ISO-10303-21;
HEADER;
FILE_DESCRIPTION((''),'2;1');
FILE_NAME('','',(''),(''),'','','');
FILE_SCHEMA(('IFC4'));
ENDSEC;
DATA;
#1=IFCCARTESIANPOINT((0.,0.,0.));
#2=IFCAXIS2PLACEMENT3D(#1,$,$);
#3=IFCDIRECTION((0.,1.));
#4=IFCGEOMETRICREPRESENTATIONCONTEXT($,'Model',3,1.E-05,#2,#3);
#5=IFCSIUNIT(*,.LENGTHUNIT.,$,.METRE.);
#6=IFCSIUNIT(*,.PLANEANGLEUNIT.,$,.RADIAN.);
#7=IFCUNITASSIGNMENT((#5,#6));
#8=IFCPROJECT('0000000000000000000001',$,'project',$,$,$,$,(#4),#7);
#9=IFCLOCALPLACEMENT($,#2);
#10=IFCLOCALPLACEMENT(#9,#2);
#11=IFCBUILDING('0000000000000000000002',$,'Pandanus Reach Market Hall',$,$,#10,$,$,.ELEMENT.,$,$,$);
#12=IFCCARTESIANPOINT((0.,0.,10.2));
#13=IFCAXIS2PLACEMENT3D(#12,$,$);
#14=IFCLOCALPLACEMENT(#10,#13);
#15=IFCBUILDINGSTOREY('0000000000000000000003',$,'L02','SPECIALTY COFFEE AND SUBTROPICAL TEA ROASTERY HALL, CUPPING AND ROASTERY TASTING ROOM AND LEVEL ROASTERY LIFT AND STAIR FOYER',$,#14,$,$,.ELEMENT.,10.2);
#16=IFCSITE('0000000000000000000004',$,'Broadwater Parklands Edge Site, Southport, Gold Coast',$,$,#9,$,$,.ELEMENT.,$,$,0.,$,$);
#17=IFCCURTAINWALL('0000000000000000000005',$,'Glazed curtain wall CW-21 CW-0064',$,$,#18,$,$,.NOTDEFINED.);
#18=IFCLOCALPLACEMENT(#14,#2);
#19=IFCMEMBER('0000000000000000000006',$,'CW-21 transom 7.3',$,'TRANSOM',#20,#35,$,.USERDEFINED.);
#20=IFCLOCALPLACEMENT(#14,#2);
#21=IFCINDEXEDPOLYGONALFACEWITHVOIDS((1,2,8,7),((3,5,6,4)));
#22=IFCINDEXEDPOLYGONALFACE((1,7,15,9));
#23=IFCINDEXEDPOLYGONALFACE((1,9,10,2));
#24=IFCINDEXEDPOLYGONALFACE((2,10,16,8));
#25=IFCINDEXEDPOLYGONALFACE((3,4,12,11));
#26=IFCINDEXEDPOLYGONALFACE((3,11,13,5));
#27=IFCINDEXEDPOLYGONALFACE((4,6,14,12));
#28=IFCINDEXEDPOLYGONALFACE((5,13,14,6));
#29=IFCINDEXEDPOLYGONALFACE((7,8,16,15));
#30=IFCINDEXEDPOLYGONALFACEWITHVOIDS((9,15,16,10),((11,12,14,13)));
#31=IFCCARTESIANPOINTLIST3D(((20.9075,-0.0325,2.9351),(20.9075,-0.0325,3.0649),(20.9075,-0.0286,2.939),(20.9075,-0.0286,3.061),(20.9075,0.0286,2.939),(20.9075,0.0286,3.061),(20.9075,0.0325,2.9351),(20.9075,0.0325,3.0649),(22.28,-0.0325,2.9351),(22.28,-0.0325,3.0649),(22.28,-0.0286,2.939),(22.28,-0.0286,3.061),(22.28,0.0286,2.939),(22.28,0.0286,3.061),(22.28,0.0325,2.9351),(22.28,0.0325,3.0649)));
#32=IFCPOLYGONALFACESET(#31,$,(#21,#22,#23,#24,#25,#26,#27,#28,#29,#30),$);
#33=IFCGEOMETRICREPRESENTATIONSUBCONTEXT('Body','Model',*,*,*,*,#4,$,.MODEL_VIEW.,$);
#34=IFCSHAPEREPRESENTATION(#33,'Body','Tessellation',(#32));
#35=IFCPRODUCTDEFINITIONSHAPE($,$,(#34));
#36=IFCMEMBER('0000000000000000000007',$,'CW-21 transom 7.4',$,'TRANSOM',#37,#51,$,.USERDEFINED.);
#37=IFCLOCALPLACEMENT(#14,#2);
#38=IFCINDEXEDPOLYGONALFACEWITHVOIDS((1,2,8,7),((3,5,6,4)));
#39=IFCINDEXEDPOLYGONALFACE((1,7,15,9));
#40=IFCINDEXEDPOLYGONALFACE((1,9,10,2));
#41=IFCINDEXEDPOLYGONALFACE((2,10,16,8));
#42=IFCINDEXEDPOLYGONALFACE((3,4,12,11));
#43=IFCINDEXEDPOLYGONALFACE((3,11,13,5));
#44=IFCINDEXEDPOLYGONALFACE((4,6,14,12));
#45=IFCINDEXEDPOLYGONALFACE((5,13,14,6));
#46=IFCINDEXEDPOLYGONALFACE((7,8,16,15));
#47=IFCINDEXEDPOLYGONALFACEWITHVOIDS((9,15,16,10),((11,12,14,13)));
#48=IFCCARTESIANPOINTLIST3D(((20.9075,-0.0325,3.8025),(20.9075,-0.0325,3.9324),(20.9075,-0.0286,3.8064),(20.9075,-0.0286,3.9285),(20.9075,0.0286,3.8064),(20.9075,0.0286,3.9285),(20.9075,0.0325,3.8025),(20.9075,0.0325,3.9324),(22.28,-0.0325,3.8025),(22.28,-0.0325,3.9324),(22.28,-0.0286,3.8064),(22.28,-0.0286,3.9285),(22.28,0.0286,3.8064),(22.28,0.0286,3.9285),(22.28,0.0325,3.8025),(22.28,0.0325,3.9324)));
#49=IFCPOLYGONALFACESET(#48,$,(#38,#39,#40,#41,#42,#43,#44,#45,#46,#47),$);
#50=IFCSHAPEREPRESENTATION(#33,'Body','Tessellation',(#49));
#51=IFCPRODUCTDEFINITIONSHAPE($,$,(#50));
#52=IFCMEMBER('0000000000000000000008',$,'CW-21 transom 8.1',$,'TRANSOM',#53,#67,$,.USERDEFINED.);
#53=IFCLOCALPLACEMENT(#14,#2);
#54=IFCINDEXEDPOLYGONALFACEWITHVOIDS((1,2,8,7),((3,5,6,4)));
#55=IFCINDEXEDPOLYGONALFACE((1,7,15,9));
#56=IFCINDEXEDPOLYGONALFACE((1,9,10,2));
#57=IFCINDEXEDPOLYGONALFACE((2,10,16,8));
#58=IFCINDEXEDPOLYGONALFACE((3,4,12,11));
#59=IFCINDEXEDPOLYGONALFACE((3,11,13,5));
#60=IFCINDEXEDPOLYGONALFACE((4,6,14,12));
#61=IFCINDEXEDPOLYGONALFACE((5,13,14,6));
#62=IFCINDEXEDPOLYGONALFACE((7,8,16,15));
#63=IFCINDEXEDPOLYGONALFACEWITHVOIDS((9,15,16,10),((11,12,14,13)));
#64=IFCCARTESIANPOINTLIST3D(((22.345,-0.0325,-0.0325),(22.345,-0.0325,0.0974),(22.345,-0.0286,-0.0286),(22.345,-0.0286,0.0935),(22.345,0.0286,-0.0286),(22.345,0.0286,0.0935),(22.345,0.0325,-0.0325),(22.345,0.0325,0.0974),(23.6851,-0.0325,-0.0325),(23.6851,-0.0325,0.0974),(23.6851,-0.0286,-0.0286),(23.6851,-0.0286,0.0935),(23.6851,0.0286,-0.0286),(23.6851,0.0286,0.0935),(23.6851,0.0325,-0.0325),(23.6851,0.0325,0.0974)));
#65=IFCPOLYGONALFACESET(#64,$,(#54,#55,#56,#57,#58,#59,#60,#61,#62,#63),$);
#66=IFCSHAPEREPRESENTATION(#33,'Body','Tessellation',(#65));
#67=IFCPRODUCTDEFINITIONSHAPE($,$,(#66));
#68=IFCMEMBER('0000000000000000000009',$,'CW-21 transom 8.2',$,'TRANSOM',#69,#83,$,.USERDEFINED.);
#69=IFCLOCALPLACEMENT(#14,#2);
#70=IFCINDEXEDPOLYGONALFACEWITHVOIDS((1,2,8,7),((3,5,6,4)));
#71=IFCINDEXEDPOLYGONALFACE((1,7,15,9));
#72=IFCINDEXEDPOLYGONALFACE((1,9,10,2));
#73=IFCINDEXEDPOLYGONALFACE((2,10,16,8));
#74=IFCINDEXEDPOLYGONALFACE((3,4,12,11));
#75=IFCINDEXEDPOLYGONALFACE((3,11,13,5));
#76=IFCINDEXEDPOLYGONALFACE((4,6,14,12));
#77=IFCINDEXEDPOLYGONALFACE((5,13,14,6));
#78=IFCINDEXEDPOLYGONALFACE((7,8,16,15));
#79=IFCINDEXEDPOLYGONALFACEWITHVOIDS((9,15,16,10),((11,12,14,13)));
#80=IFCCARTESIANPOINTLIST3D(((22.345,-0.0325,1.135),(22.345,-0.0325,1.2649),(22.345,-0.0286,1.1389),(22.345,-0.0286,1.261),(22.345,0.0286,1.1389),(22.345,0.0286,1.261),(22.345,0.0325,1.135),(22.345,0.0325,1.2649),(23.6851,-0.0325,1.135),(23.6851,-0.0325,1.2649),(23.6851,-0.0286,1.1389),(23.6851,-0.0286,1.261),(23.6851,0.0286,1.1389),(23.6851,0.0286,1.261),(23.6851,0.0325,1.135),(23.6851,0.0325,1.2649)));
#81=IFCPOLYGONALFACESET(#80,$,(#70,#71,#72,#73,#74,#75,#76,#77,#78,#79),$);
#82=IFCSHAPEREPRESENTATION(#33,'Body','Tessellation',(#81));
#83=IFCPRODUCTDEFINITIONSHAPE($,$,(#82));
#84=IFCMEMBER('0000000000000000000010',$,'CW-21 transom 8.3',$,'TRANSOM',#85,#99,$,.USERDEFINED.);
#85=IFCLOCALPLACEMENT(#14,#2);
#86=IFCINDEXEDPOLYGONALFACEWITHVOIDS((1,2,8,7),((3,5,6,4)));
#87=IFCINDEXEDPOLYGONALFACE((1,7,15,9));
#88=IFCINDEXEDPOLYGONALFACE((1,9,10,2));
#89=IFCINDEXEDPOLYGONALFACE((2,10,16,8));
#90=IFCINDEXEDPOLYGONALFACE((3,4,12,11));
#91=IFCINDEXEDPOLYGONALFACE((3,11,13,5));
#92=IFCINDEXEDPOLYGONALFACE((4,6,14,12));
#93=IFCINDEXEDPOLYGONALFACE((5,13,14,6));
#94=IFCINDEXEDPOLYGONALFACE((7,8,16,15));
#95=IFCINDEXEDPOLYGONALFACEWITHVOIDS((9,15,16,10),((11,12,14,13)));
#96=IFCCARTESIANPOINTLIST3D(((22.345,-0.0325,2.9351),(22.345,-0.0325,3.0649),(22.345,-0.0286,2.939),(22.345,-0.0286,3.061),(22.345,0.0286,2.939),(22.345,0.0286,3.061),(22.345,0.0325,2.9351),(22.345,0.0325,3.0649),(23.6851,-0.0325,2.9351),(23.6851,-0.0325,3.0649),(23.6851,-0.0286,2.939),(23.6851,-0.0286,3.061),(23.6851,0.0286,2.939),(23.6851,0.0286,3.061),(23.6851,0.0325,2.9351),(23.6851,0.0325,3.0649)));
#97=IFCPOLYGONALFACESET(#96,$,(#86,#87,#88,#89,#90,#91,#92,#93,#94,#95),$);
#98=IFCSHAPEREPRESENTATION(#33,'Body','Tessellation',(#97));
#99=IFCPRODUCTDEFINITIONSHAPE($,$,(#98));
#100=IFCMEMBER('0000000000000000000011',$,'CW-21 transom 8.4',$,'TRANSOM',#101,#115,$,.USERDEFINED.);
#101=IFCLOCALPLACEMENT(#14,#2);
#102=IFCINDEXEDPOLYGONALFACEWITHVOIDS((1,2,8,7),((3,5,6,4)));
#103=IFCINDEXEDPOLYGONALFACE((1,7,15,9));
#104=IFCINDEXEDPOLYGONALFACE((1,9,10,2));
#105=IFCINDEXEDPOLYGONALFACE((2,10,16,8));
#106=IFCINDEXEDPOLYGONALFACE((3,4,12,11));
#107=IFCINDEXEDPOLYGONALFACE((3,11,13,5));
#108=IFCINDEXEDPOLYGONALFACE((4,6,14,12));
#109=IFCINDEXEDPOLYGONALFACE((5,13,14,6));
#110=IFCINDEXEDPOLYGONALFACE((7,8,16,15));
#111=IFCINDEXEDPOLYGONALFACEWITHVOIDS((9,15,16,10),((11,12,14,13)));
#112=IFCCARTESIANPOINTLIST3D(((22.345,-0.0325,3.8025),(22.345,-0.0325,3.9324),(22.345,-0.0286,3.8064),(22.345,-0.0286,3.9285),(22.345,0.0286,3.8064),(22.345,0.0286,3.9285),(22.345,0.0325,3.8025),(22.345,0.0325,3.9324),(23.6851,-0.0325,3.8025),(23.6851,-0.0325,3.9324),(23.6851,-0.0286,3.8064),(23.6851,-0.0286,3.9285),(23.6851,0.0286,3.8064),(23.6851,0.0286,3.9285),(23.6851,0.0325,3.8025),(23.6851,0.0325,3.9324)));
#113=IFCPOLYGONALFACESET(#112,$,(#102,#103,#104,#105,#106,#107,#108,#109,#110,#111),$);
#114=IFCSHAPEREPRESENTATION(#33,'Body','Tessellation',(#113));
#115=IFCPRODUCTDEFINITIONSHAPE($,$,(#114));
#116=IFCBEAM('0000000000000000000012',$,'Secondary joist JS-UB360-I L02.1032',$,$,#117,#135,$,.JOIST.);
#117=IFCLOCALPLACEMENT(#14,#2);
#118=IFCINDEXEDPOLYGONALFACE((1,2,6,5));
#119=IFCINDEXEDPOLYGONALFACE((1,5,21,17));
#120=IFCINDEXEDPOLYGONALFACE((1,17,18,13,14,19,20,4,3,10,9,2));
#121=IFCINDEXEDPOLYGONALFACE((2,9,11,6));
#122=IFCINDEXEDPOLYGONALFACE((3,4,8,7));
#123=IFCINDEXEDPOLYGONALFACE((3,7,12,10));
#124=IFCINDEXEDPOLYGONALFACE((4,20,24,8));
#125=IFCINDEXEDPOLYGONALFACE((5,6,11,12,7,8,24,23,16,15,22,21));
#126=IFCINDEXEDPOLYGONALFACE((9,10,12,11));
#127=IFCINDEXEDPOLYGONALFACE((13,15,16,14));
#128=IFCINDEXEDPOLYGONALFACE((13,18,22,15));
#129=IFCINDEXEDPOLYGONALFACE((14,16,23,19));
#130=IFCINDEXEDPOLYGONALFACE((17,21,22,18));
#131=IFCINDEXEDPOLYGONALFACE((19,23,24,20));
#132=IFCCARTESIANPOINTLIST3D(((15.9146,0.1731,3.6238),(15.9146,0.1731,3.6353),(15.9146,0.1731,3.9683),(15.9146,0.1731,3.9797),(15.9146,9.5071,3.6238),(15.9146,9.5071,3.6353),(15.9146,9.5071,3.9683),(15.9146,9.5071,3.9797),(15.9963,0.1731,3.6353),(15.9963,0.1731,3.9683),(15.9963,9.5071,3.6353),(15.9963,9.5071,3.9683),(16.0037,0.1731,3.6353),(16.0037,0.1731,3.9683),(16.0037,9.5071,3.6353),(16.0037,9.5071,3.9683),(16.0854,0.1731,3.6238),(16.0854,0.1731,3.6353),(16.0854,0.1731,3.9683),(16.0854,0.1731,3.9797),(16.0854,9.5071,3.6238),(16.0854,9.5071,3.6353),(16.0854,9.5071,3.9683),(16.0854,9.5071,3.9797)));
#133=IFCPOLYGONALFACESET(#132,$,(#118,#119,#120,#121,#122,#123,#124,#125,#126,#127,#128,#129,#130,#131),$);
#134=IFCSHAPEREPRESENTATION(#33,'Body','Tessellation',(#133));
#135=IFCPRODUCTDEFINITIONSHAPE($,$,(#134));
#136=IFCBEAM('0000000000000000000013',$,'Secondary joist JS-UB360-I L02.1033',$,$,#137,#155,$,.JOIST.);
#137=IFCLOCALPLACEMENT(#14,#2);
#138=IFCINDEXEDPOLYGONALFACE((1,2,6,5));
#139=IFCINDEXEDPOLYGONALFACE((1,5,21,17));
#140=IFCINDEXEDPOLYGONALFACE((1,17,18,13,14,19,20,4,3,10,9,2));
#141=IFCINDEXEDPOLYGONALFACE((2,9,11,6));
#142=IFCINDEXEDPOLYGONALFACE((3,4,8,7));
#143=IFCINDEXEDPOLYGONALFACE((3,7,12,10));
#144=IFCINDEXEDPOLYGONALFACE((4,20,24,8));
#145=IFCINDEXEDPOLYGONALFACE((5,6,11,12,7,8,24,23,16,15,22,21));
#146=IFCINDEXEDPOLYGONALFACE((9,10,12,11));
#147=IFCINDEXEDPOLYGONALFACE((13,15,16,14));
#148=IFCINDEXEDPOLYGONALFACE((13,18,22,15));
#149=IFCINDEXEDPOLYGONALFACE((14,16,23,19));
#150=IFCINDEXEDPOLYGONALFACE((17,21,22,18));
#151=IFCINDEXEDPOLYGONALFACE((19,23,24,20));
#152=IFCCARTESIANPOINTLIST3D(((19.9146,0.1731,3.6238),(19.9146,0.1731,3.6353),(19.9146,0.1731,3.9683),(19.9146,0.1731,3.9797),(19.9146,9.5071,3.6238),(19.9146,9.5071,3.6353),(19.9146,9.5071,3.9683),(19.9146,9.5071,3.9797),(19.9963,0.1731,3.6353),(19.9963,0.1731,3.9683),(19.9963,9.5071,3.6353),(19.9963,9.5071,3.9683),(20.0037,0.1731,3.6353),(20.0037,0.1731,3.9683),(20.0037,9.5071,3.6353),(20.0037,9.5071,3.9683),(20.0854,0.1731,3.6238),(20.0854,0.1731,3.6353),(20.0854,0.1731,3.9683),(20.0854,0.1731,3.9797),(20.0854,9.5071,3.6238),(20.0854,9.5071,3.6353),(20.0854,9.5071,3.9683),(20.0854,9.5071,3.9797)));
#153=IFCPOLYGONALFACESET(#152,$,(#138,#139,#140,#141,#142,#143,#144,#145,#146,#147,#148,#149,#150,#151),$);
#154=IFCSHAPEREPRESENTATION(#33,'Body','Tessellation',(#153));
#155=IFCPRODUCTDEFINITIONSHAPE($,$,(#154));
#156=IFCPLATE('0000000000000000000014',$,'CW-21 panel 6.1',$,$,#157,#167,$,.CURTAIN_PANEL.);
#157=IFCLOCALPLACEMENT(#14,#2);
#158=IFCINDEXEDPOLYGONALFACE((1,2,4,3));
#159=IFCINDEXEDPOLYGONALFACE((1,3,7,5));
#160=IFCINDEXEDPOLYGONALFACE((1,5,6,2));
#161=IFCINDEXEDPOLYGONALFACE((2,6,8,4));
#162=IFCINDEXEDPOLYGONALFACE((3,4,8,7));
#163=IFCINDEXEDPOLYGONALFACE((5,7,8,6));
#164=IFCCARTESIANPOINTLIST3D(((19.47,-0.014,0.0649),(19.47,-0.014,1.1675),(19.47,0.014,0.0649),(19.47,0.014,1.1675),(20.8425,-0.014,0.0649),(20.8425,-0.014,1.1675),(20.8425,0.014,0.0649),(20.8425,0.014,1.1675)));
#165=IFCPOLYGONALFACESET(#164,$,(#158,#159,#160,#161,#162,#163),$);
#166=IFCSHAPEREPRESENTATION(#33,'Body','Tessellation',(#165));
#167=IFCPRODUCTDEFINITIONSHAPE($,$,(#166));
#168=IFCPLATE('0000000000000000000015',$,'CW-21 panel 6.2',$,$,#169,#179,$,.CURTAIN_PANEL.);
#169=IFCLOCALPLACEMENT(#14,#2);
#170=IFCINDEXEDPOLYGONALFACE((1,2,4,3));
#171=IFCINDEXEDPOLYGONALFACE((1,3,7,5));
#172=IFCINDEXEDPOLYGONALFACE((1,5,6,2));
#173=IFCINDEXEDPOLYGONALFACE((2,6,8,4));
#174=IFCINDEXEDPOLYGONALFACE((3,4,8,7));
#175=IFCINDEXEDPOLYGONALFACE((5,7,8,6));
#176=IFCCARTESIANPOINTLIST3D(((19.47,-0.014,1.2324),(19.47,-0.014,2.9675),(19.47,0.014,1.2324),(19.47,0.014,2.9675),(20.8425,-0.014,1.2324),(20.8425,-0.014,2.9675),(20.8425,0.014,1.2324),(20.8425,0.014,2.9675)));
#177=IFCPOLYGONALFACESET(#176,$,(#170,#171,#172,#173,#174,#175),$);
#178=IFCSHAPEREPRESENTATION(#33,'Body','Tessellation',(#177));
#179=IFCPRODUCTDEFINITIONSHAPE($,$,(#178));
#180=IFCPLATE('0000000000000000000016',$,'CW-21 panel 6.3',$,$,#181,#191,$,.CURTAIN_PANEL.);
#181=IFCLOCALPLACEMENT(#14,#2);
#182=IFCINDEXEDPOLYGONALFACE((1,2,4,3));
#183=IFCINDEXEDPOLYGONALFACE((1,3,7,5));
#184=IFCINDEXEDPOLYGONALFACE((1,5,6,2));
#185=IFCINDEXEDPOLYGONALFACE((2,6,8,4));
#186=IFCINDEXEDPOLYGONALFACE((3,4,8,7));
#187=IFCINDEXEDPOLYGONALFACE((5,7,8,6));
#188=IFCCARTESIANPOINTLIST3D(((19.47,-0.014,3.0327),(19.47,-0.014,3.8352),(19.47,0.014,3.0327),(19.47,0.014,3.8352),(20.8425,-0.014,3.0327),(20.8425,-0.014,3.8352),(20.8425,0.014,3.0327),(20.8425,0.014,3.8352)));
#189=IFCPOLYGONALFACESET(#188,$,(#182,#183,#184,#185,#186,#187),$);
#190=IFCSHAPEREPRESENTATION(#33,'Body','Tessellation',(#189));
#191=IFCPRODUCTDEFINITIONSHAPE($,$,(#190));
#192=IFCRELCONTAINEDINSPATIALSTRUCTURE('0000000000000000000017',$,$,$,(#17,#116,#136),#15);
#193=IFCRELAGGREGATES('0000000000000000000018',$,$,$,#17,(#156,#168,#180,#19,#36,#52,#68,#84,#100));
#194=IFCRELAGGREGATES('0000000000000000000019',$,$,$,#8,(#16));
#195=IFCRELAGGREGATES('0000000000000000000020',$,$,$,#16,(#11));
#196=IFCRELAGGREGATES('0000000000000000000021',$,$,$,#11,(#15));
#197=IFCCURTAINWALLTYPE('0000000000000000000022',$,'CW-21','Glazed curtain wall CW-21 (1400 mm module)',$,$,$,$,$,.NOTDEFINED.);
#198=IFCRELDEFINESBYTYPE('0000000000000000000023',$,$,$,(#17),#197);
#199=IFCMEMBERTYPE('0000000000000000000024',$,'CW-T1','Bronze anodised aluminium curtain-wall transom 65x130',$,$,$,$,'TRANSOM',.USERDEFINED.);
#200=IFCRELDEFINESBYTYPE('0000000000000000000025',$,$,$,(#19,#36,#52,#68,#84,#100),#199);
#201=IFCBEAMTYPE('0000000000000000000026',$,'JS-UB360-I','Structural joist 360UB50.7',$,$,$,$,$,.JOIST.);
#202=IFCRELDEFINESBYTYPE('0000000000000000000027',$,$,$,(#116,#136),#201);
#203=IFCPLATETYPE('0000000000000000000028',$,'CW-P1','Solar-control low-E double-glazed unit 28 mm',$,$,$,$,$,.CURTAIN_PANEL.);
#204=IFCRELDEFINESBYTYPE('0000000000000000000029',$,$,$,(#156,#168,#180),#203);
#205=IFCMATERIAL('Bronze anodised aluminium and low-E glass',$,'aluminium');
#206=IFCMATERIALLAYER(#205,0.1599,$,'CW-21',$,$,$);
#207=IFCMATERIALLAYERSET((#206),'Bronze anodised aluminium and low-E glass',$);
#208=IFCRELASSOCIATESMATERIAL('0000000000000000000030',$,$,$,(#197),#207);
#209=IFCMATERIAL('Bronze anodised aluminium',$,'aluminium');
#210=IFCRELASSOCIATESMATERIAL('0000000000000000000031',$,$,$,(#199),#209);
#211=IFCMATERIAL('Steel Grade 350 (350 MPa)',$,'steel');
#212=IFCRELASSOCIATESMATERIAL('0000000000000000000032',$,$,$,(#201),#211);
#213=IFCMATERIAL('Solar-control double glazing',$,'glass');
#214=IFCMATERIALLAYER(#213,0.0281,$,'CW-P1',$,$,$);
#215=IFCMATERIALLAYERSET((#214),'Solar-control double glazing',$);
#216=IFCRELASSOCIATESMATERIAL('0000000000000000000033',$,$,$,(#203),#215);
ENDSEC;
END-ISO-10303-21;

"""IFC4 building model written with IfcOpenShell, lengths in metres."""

from ifc_helpers import new_model, si_unit, direction, frame, origin, origin_2d, place, context, subcontext, project, spatial, rectangle, hollow_rectangle, i_section, extrude, material, layer, layer_set, material_profile, profile_set, type_object, element, aggregate, save


model = new_model("IFC4")

# Units and contexts
model_context = context("Model", 3, precision=1e-05, world=origin(), true_north=direction((0.0, 1.0)))
body_context = subcontext(model_context, "Body", "Model", "MODEL_VIEW")
ifc_project = project(units=[si_unit("LENGTHUNIT", "METRE"), si_unit("PLANEANGLEUNIT", "RADIAN")], contexts=[model_context])

# Site, building, storey
site_placement = place(None, origin())
site = spatial("IfcSite", under=ifc_project, at=site_placement, Name="Broadwater Parklands Edge Site, Southport, Gold Coast", CompositionType="ELEMENT", RefElevation=0.0)
building_placement = place(site_placement, origin())
building = spatial("IfcBuilding", under=site, at=building_placement, Name="Pandanus Reach Market Hall", CompositionType="ELEMENT")
storey_placement = place(building_placement, frame((0.0, 0.0, 10.2)))
storey = spatial("IfcBuildingStorey", under=building, at=storey_placement, Name="L02", Description="SPECIALTY COFFEE AND SUBTROPICAL TEA ROASTERY HALL, CUPPING AND ROASTERY TASTING ROOM AND LEVEL ROASTERY LIFT AND STAIR FOYER", CompositionType="ELEMENT", Elevation=10.2)

# Shared definitions
ifc_material_1 = material(Name="Steel Grade 350 (350 MPa)", Category="steel")

# Curtain wall
ifc_material_2 = material(Name="Bronze anodised aluminium and low-E glass", Category="aluminium")
ifc_layer_1 = layer(ifc_material_2, 0.1599, Name="CW-21")
ifc_layer_set_1 = layer_set([ifc_layer_1], Name="Bronze anodised aluminium and low-E glass")
curtain_wall_type_1 = type_object("IfcCurtainWallType", Name="CW-21", Description="Glazed curtain wall CW-21 (1400 mm module)", PredefinedType="NOTDEFINED", material=ifc_layer_set_1)
curtain_wall_1_placement = place(storey_placement, origin())
curtain_wall_1 = element("IfcCurtainWall", 1, at=curtain_wall_1_placement, inside=storey, type_object=curtain_wall_type_1, Name="Glazed curtain wall CW-21 CW-0064", PredefinedType="NOTDEFINED")
ifc_material_3 = material(Name="Bronze anodised aluminium", Category="aluminium")

# Members
ifc_material_profile_1 = material_profile(ifc_material_3, hollow_rectangle(XDim=0.0649, YDim=0.1299, WallThickness=0.0039, at=origin_2d()), Name="ALU65x130", Category="LoadBearing")
ifc_profile_set_1 = profile_set([ifc_material_profile_1], Name="Bronze anodised aluminium")
member_type_1 = type_object("IfcMemberType", Name="CW-T1", Description="Bronze anodised aluminium curtain-wall transom 65x130", ElementType="TRANSOM", PredefinedType="USERDEFINED", material=ifc_profile_set_1)
member_1_placement = place(storey_placement, frame((20.9075, 0.0, 3.0), z_axis=(1.0, 0.0, 0.0), x_axis=(0.0, 1.0, 0.0)))
member_1 = element("IfcMember", 2, at=member_1_placement, type_object=member_type_1, Name="CW-21 transom 7.3", ObjectType="TRANSOM", PredefinedType="USERDEFINED", context=body_context, shape_type="SweptSolid", body=[
    extrude(hollow_rectangle(XDim=0.0649, YDim=0.1299, WallThickness=0.0039, at=origin_2d()), origin(), (0.0, 0.0, 1.0), 1.3726),
])
member_2_placement = place(storey_placement, frame((20.9075, 0.0, 3.8674), z_axis=(1.0, 0.0, 0.0), x_axis=(0.0, 1.0, 0.0)))
member_2 = element("IfcMember", 3, at=member_2_placement, type_object=member_type_1, Name="CW-21 transom 7.4", ObjectType="TRANSOM", PredefinedType="USERDEFINED", context=body_context, shape_type="SweptSolid", body=[
    extrude(hollow_rectangle(XDim=0.0649, YDim=0.1299, WallThickness=0.0039, at=origin_2d()), origin(), (0.0, 0.0, 1.0), 1.3726),
])
member_3_placement = place(storey_placement, frame((22.345, 0.0, 0.0325), z_axis=(1.0, 0.0, 0.0), x_axis=(0.0, 1.0, 0.0)))
member_3 = element("IfcMember", 4, at=member_3_placement, type_object=member_type_1, Name="CW-21 transom 8.1", ObjectType="TRANSOM", PredefinedType="USERDEFINED", context=body_context, shape_type="SweptSolid", body=[
    extrude(hollow_rectangle(XDim=0.0649, YDim=0.1299, WallThickness=0.0039, at=origin_2d()), origin(), (0.0, 0.0, 1.0), 1.3401),
])
member_4_placement = place(storey_placement, frame((22.345, 0.0, 1.2), z_axis=(1.0, 0.0, 0.0), x_axis=(0.0, 1.0, 0.0)))
member_4 = element("IfcMember", 5, at=member_4_placement, type_object=member_type_1, Name="CW-21 transom 8.2", ObjectType="TRANSOM", PredefinedType="USERDEFINED", context=body_context, shape_type="SweptSolid", body=[
    extrude(hollow_rectangle(XDim=0.0649, YDim=0.1299, WallThickness=0.0039, at=origin_2d()), origin(), (0.0, 0.0, 1.0), 1.3401),
])
member_5_placement = place(storey_placement, frame((22.345, 0.0, 3.0), z_axis=(1.0, 0.0, 0.0), x_axis=(0.0, 1.0, 0.0)))
member_5 = element("IfcMember", 6, at=member_5_placement, type_object=member_type_1, Name="CW-21 transom 8.3", ObjectType="TRANSOM", PredefinedType="USERDEFINED", context=body_context, shape_type="SweptSolid", body=[
    extrude(hollow_rectangle(XDim=0.0649, YDim=0.1299, WallThickness=0.0039, at=origin_2d()), origin(), (0.0, 0.0, 1.0), 1.3401),
])
member_6_placement = place(storey_placement, frame((22.345, 0.0, 3.8674), z_axis=(1.0, 0.0, 0.0), x_axis=(0.0, 1.0, 0.0)))
member_6 = element("IfcMember", 7, at=member_6_placement, type_object=member_type_1, Name="CW-21 transom 8.4", ObjectType="TRANSOM", PredefinedType="USERDEFINED", context=body_context, shape_type="SweptSolid", body=[
    extrude(hollow_rectangle(XDim=0.0649, YDim=0.1299, WallThickness=0.0039, at=origin_2d()), origin(), (0.0, 0.0, 1.0), 1.3401),
])

# Beams
ifc_material_profile_2 = material_profile(ifc_material_1, i_section(OverallWidth=0.1709, OverallDepth=0.356, WebThickness=0.0073, FlangeThickness=0.0115, at=origin_2d()), Name="360UB50.7", Category="LoadBearing")
ifc_profile_set_2 = profile_set([ifc_material_profile_2], Name="Steel Grade 350 (350 MPa)")
beam_type_1 = type_object("IfcBeamType", Name="JS-UB360-I", Description="Structural joist 360UB50.7", PredefinedType="JOIST", material=ifc_profile_set_2)
for number, where, z_axis, x_axis, name in (
    (8, (16.0, 0.1731, 3.8018), (0.0, 1.0, 0.0), (-1.0, 0.0, 0.0), "Secondary joist JS-UB360-I L02.1032"),
    (9, (20.0, 0.1731, 3.8018), (0.0, 1.0, 0.0), (-1.0, 0.0, 0.0), "Secondary joist JS-UB360-I L02.1033"),
):
    element("IfcBeam", number, at=place(storey_placement, frame(where, z_axis=z_axis, x_axis=x_axis)), inside=storey, type_object=beam_type_1, Name=name, PredefinedType="JOIST", context=body_context, shape_type="SweptSolid", body=[
        extrude(i_section(OverallWidth=0.1709, OverallDepth=0.356, WebThickness=0.0073, FlangeThickness=0.0115, at=origin_2d()), origin(), (0.0, 0.0, 1.0), 9.334),
    ])

# Plates
ifc_material_4 = material(Name="Solar-control double glazing", Category="glass")
ifc_layer_2 = layer(ifc_material_4, 0.0281, Name="CW-P1")
ifc_layer_set_2 = layer_set([ifc_layer_2], Name="Solar-control double glazing")
plate_type = type_object("IfcPlateType", Name="CW-P1", Description="Solar-control low-E double-glazed unit 28 mm", PredefinedType="CURTAIN_PANEL", material=ifc_layer_set_2)
plate_1_placement = place(storey_placement, frame((20.1562, 0.0, 0.0649), z_axis=(0.0, 0.0, 1.0), x_axis=(1.0, 0.0, 0.0)))
plate_1 = element("IfcPlate", 10, at=plate_1_placement, type_object=plate_type, Name="CW-21 panel 6.1", PredefinedType="CURTAIN_PANEL", context=body_context, shape_type="SweptSolid", body=[
    extrude(rectangle(XDim=1.3726, YDim=0.0281, at=origin_2d()), origin(), (0.0, 0.0, 1.0), 1.1025),
])
plate_2_placement = place(storey_placement, frame((20.1562, 0.0, 1.2324), z_axis=(0.0, 0.0, 1.0), x_axis=(1.0, 0.0, 0.0)))
plate_2 = element("IfcPlate", 11, at=plate_2_placement, type_object=plate_type, Name="CW-21 panel 6.2", PredefinedType="CURTAIN_PANEL", context=body_context, shape_type="SweptSolid", body=[
    extrude(rectangle(XDim=1.3726, YDim=0.0281, at=origin_2d()), origin(), (0.0, 0.0, 1.0), 1.7351),
])
plate_3_placement = place(storey_placement, frame((20.1562, 0.0, 3.0327), z_axis=(0.0, 0.0, 1.0), x_axis=(1.0, 0.0, 0.0)))
plate_3 = element("IfcPlate", 12, at=plate_3_placement, type_object=plate_type, Name="CW-21 panel 6.3", PredefinedType="CURTAIN_PANEL", context=body_context, shape_type="SweptSolid", body=[
    extrude(rectangle(XDim=1.3726, YDim=0.0281, at=origin_2d()), origin(), (0.0, 0.0, 1.0), 0.8025),
])
aggregate(curtain_wall_1, [plate_1, plate_2, plate_3, member_1, member_2, member_3, member_4, member_5, member_6])

save(model, "model.ifc")
